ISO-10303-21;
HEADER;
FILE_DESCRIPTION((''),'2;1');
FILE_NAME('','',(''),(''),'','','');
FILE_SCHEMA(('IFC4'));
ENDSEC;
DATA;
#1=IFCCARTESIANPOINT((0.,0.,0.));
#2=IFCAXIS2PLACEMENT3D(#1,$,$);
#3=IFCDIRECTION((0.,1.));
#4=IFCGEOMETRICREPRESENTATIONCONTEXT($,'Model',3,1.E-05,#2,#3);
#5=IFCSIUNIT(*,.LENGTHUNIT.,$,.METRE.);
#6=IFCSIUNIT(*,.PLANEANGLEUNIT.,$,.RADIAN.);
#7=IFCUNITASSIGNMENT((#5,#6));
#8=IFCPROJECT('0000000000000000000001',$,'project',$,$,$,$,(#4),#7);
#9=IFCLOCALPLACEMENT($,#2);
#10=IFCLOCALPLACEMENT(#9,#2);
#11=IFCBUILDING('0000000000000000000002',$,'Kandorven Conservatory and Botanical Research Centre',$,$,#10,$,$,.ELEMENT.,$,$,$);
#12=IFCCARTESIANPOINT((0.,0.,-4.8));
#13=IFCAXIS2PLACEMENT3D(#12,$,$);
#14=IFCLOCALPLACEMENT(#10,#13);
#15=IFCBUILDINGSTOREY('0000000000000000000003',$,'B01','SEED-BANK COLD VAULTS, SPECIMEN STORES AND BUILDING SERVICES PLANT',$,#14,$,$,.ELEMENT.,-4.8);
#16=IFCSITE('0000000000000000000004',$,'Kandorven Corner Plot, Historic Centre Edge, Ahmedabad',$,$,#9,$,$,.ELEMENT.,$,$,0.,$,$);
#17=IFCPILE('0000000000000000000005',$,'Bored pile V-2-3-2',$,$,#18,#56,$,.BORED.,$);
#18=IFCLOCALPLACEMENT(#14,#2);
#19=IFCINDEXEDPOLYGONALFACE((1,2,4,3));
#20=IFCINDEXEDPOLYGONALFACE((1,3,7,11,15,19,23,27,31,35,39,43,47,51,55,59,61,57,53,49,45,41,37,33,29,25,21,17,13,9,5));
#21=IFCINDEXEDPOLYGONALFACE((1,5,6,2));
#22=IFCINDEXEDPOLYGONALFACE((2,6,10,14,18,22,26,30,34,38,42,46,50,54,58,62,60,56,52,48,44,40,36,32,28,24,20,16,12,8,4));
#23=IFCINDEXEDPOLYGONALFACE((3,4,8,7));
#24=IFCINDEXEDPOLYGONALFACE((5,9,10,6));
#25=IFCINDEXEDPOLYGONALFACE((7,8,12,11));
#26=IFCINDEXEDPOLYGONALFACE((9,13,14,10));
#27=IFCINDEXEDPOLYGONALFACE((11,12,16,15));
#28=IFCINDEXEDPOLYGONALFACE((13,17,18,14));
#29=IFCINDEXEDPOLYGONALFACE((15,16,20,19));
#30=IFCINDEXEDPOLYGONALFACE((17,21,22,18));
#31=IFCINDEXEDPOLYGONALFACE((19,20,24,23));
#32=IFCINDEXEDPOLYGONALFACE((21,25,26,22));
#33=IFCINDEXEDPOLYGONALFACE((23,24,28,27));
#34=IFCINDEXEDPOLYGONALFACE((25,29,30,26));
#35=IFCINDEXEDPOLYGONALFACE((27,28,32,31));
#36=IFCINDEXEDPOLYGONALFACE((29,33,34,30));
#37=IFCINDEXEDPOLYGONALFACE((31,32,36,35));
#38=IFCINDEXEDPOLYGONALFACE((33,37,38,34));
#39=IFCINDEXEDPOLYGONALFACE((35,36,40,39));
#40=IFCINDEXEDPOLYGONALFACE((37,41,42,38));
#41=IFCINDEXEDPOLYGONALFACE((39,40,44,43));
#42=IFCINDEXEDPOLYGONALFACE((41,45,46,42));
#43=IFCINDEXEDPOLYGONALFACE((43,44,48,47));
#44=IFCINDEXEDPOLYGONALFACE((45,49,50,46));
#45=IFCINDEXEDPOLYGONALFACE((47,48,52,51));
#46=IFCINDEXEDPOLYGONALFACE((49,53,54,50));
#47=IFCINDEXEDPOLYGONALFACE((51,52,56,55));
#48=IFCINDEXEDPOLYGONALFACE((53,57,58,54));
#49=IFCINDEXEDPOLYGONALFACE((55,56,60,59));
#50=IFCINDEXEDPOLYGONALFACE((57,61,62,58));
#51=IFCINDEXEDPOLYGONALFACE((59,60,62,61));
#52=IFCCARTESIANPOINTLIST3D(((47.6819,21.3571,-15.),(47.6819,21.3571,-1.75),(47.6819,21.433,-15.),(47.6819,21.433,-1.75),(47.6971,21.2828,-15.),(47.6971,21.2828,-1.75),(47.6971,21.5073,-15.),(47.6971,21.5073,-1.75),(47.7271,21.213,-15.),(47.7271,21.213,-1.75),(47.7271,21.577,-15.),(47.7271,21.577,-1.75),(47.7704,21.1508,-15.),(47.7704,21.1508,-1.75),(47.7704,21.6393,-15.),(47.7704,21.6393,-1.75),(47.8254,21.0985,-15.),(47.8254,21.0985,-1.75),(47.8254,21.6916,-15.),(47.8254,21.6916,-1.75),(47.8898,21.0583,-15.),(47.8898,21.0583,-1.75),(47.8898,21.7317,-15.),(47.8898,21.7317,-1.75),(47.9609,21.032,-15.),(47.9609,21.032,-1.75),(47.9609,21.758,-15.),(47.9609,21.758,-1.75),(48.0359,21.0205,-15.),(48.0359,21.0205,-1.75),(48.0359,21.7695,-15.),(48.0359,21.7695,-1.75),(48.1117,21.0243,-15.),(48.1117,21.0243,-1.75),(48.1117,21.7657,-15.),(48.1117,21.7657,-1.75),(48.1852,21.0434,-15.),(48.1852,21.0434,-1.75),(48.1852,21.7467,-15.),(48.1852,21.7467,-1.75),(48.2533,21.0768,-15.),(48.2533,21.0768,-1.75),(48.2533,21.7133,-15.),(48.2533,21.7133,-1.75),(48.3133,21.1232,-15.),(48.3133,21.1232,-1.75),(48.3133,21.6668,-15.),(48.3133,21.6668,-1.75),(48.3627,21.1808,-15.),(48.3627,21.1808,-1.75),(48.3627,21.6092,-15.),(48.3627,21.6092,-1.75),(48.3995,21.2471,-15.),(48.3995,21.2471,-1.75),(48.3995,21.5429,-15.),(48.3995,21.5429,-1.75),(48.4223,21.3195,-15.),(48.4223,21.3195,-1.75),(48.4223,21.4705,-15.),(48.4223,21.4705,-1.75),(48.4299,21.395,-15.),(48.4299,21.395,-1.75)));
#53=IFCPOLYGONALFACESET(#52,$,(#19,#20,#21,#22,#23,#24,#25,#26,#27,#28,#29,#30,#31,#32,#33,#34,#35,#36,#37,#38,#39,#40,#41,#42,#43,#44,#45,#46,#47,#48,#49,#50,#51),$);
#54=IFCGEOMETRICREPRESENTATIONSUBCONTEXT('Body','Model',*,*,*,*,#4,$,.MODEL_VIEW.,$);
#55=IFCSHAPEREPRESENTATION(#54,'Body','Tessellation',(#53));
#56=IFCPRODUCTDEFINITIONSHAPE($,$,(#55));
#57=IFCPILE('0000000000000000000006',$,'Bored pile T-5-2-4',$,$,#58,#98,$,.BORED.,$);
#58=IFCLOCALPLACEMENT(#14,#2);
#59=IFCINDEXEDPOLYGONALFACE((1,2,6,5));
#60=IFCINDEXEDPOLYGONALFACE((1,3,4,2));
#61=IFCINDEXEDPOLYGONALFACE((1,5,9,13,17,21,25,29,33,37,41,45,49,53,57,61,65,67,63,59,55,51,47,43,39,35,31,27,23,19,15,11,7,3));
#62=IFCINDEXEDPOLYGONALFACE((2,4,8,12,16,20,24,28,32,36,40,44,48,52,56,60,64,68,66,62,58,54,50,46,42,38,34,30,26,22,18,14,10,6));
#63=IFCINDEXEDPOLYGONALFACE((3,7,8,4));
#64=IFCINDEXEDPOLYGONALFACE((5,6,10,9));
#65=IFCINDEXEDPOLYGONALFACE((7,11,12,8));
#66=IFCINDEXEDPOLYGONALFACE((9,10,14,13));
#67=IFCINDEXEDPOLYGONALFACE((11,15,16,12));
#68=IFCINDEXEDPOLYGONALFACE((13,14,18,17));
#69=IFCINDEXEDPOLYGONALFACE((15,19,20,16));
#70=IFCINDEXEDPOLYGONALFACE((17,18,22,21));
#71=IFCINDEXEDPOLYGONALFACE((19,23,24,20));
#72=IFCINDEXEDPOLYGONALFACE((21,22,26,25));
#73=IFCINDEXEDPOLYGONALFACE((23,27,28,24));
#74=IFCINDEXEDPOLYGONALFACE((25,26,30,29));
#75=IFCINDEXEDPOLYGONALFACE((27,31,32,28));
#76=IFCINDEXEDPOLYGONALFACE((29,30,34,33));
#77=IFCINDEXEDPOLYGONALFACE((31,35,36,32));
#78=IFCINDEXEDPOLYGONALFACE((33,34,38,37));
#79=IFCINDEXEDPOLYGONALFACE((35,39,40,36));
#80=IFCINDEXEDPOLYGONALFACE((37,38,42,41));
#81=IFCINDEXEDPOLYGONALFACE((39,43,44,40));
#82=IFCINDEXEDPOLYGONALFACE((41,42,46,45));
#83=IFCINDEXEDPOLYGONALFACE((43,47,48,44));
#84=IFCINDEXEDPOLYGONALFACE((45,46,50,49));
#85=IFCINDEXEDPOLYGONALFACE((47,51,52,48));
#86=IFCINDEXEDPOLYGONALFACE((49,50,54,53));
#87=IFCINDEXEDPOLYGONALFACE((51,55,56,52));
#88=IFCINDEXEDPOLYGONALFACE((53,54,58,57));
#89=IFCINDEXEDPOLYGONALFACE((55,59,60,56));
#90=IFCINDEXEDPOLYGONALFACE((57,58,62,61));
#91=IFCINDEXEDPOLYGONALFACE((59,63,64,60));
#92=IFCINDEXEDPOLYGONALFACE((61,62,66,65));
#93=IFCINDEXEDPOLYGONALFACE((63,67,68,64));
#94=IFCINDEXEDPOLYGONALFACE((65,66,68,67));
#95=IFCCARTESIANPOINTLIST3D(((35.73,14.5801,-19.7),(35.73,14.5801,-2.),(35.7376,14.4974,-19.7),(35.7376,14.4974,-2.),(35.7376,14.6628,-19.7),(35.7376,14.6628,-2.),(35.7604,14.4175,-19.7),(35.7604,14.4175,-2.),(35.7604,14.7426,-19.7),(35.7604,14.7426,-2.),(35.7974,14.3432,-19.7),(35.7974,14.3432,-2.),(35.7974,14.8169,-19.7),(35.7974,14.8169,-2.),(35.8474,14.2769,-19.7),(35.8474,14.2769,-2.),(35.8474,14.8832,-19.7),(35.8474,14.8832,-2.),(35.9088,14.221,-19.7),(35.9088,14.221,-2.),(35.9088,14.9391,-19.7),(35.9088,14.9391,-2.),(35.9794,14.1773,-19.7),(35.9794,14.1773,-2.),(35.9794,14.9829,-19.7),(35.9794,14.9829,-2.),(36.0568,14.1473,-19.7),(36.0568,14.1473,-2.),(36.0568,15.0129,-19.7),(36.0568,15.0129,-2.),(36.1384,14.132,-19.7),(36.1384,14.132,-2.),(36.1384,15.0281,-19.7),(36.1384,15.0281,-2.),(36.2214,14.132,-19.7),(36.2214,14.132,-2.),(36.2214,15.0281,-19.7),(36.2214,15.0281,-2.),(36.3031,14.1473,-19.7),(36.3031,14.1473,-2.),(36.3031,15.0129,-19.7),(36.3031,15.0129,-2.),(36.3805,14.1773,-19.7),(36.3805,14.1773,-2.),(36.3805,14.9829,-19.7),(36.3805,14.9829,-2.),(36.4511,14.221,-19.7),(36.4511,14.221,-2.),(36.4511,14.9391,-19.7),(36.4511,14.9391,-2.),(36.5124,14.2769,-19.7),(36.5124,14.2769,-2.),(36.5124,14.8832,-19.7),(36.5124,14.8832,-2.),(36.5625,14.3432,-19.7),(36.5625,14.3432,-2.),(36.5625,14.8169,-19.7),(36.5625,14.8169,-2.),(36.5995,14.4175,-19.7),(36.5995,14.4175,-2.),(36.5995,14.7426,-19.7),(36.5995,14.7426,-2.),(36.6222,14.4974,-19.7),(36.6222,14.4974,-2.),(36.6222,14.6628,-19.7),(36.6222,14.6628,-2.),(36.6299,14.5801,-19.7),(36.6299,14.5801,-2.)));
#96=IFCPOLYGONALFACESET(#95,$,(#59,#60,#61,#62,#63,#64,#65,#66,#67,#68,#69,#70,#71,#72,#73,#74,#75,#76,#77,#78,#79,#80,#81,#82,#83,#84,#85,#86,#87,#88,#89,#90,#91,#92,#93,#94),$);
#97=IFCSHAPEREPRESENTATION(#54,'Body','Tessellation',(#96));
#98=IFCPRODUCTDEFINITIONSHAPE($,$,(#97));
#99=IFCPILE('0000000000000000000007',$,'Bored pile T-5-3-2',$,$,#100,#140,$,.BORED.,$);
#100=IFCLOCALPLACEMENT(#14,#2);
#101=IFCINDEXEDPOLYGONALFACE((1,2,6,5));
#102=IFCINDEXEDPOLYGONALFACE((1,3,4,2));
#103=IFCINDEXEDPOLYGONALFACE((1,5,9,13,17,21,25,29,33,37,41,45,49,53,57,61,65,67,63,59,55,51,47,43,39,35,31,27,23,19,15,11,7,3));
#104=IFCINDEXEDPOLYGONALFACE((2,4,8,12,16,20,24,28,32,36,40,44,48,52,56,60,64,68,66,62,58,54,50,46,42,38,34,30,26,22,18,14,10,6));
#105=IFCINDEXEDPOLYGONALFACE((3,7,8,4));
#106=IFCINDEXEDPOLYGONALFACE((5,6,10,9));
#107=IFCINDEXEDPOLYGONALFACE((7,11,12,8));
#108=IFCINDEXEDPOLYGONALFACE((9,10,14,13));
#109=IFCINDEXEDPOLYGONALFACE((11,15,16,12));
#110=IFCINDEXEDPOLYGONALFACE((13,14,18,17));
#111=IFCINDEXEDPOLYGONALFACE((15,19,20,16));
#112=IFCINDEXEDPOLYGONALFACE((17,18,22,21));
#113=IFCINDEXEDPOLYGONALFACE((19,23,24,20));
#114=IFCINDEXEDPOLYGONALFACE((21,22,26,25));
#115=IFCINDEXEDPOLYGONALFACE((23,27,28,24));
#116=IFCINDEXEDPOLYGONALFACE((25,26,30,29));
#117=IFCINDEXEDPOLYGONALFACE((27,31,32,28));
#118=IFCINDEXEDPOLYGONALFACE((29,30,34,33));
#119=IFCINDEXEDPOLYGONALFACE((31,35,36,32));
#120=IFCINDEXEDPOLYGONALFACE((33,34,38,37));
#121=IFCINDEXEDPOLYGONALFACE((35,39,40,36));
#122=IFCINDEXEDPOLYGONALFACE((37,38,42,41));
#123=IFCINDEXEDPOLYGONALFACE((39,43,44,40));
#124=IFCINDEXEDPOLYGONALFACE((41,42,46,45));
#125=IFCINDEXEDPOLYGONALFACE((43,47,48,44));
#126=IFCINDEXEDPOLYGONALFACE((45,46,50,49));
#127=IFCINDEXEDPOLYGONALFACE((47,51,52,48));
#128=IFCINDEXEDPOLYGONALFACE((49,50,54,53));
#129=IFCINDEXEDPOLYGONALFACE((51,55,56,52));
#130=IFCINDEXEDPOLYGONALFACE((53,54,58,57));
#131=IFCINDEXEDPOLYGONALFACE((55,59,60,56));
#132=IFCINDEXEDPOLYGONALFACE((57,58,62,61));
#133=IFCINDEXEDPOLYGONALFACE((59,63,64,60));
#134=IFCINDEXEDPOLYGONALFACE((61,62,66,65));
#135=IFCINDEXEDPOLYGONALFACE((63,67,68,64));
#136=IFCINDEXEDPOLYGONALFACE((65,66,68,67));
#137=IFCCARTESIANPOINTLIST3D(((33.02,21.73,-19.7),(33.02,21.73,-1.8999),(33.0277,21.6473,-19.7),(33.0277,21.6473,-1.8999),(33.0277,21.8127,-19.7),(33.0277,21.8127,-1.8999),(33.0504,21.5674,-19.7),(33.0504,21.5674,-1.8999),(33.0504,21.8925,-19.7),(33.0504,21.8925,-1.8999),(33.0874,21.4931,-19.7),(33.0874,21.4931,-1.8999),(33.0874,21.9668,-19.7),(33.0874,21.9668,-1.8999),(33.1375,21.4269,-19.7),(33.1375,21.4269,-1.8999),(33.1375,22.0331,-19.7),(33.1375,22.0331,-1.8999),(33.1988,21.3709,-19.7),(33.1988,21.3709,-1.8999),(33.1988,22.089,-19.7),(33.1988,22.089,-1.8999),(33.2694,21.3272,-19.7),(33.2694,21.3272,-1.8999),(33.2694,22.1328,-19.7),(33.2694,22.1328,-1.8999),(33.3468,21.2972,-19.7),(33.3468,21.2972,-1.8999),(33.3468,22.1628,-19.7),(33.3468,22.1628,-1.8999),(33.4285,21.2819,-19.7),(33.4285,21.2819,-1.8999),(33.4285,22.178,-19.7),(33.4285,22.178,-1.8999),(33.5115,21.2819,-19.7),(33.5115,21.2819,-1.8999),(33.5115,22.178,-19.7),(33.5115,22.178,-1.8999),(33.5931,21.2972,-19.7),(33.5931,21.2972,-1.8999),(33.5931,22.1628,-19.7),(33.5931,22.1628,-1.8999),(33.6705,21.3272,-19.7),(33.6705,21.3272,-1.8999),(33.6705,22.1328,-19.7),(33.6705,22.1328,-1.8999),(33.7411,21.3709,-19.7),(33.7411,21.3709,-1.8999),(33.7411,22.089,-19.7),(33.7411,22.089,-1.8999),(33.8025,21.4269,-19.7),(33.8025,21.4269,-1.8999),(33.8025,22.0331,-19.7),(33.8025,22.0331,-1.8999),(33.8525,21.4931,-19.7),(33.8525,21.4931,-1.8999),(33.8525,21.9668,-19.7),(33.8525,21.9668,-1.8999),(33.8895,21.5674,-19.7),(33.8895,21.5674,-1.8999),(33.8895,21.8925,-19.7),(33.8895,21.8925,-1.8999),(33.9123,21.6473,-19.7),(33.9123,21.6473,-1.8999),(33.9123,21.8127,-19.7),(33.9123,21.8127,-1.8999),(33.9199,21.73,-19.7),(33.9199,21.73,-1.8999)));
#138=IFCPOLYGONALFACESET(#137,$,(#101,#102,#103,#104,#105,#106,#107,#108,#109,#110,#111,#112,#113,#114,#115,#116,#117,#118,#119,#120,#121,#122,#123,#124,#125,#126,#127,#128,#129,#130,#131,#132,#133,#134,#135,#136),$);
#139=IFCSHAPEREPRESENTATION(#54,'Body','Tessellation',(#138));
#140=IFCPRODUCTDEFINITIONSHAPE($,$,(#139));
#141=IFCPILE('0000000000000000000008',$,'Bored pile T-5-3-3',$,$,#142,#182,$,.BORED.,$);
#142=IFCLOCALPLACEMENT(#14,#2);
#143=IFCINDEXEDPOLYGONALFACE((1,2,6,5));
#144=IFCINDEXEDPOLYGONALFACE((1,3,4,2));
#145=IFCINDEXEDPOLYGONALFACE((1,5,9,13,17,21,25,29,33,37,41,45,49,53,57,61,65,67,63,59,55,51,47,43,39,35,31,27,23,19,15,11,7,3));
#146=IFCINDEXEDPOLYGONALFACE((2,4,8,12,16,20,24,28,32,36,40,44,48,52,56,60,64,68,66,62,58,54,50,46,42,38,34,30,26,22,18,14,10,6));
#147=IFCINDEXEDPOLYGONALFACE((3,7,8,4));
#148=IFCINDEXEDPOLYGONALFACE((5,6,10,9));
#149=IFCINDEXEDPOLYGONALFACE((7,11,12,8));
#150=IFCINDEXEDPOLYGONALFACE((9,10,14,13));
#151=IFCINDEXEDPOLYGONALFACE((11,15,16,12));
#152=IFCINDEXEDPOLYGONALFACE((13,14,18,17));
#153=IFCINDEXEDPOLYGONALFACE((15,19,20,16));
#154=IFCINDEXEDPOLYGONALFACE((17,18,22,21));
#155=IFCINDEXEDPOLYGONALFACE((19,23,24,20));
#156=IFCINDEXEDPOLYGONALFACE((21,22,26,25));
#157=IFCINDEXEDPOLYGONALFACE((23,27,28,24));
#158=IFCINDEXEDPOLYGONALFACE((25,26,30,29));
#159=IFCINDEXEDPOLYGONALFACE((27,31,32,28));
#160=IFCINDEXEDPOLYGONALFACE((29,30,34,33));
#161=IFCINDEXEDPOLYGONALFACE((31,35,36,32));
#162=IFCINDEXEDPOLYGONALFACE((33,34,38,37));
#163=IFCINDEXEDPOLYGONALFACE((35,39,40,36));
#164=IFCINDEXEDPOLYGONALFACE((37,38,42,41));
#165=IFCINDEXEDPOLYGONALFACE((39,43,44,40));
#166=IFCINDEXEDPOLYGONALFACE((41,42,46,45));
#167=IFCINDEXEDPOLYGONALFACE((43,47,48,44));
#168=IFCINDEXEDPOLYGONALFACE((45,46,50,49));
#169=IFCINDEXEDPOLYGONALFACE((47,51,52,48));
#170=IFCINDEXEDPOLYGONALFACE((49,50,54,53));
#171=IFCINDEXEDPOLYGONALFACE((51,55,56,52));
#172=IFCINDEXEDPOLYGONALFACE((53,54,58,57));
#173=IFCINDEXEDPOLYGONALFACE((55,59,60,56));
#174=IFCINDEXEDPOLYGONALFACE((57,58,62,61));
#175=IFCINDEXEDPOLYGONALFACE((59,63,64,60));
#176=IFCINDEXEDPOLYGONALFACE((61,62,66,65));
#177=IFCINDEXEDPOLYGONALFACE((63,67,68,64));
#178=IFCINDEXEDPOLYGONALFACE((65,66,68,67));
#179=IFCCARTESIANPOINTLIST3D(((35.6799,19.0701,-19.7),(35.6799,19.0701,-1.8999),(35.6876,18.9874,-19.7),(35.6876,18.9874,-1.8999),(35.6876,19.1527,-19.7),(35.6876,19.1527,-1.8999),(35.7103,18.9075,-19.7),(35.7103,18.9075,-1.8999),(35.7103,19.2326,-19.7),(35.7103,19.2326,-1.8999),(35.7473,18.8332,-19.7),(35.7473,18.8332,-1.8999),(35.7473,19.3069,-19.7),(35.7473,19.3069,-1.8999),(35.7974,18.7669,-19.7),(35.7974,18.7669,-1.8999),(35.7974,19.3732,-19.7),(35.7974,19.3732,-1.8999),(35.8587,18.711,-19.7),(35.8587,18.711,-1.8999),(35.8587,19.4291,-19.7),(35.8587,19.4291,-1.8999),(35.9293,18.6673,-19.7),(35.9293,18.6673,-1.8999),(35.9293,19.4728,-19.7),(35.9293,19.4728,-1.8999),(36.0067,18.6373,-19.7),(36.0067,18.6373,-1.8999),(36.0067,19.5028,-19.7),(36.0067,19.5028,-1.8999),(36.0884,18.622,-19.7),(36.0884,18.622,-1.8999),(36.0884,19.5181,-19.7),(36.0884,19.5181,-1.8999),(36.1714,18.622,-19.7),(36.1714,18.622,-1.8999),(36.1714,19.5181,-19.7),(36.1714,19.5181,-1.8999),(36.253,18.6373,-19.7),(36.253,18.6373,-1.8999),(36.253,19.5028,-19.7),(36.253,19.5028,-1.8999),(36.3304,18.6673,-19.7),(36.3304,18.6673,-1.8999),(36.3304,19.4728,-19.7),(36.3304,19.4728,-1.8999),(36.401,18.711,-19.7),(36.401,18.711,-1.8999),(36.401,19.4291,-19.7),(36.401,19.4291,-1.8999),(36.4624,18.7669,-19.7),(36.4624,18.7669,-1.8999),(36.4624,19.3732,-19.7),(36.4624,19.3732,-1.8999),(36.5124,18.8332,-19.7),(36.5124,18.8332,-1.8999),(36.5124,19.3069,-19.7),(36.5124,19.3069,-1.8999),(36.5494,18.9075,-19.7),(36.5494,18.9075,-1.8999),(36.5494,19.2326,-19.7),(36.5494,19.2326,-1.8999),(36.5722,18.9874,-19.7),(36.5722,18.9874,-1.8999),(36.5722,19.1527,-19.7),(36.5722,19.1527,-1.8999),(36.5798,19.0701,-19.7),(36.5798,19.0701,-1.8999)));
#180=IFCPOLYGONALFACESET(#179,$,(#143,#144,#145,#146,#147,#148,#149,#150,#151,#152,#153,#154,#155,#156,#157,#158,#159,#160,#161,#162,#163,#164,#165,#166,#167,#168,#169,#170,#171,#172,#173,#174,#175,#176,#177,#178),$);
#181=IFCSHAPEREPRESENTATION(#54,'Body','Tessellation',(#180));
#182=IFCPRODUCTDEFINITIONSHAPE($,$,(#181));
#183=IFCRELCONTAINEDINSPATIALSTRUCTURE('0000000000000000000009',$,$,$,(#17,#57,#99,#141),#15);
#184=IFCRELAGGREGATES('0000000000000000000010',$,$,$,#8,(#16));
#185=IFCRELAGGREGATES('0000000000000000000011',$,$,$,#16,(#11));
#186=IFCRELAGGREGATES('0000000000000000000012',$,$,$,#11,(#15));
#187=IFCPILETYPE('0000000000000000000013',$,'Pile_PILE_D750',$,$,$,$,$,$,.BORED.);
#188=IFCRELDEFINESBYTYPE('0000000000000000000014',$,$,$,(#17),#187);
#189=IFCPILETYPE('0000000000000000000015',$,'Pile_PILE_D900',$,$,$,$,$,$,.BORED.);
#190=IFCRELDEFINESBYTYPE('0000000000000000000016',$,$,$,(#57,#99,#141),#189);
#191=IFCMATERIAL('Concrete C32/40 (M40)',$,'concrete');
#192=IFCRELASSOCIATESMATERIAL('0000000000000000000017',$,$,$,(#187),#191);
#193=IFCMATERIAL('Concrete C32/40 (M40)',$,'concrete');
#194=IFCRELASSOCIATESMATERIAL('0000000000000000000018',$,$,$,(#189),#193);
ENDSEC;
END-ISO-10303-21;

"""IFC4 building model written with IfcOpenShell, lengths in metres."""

from ifc_helpers import new_model, si_unit, direction, frame, origin, origin_2d, place, context, subcontext, project, spatial, circle, extrude, material, material_profile, profile_set, type_object, element, save


model = new_model("IFC4")

# Units and contexts
model_context = context("Model", 3, precision=1e-05, world=origin(), true_north=direction((0.0, 1.0)))
body_context = subcontext(model_context, "Body", "Model", "MODEL_VIEW")
ifc_project = project(units=[si_unit("LENGTHUNIT", "METRE"), si_unit("PLANEANGLEUNIT", "RADIAN")], contexts=[model_context])

# Site, building, storey
site_placement = place(None, origin())
site = spatial("IfcSite", under=ifc_project, at=site_placement, Name="Kandorven Corner Plot, Historic Centre Edge, Ahmedabad", CompositionType="ELEMENT", RefElevation=0.0)
building_placement = place(site_placement, origin())
building = spatial("IfcBuilding", under=site, at=building_placement, Name="Kandorven Conservatory and Botanical Research Centre", CompositionType="ELEMENT")
storey_placement = place(building_placement, frame((0.0, 0.0, -4.8)))
storey = spatial("IfcBuildingStorey", under=building, at=storey_placement, Name="B01", Description="SEED-BANK COLD VAULTS, SPECIMEN STORES AND BUILDING SERVICES PLANT", CompositionType="ELEMENT", Elevation=-4.8)

# Piles
ifc_material_1 = material(Name="Concrete C32/40 (M40)", Category="concrete")
ifc_material_profile_1 = material_profile(ifc_material_1, circle(Radius=0.375, at=origin_2d()))
ifc_profile_set_1 = profile_set([ifc_material_profile_1], Name="Concrete C32/40 (M40)")
pile_type_1 = type_object("IfcPileType", Name="Pile_PILE_D750", PredefinedType="BORED", material=ifc_profile_set_1)
for number, where, z_axis, x_axis, name in (
    (1, (48.0549, 21.395, -1.75), (0.0, 0.0, -1.0), (1.0, 0.0, 0.0), "Bored pile V-2-3-2"),
):
    element("IfcPile", number, at=place(storey_placement, frame(where, z_axis=z_axis, x_axis=x_axis)), inside=storey, type_object=pile_type_1, Name=name, PredefinedType="BORED", context=body_context, shape_type="SweptSolid", body=[
        extrude(circle(Radius=0.375, at=origin_2d()), origin(), (0.0, 0.0, 1.0), 13.25),
    ])
ifc_material_2 = material(Name="Concrete C32/40 (M40)", Category="concrete")
ifc_material_profile_2 = material_profile(ifc_material_2, circle(Radius=0.45, at=origin_2d()))
ifc_profile_set_2 = profile_set([ifc_material_profile_2], Name="Concrete C32/40 (M40)")
pile_type_2 = type_object("IfcPileType", Name="Pile_PILE_D900", PredefinedType="BORED", material=ifc_profile_set_2)
pile_1_placement = place(storey_placement, frame((36.1799, 14.5801, -2.0), z_axis=(0.0, 0.0, -1.0), x_axis=(1.0, 0.0, 0.0)))
element("IfcPile", 2, at=pile_1_placement, inside=storey, type_object=pile_type_2, Name="Bored pile T-5-2-4", PredefinedType="BORED", context=body_context, shape_type="SweptSolid", body=[
    extrude(circle(Radius=0.45, at=origin_2d()), origin(), (0.0, 0.0, 1.0), 17.7),
])
for number, where, z_axis, x_axis, name in (
    (3, (33.47, 21.73, -1.8999), (0.0, 0.0, -1.0), (1.0, 0.0, 0.0), "Bored pile T-5-3-2"),
    (4, (36.1299, 19.0701, -1.8999), (0.0, 0.0, -1.0), (1.0, 0.0, 0.0), "Bored pile T-5-3-3"),
):
    element("IfcPile", number, at=place(storey_placement, frame(where, z_axis=z_axis, x_axis=x_axis)), inside=storey, type_object=pile_type_2, Name=name, PredefinedType="BORED", context=body_context, shape_type="SweptSolid", body=[
        extrude(circle(Radius=0.45, at=origin_2d()), origin(), (0.0, 0.0, 1.0), 17.8),
    ])

save(model, "model.ifc")
